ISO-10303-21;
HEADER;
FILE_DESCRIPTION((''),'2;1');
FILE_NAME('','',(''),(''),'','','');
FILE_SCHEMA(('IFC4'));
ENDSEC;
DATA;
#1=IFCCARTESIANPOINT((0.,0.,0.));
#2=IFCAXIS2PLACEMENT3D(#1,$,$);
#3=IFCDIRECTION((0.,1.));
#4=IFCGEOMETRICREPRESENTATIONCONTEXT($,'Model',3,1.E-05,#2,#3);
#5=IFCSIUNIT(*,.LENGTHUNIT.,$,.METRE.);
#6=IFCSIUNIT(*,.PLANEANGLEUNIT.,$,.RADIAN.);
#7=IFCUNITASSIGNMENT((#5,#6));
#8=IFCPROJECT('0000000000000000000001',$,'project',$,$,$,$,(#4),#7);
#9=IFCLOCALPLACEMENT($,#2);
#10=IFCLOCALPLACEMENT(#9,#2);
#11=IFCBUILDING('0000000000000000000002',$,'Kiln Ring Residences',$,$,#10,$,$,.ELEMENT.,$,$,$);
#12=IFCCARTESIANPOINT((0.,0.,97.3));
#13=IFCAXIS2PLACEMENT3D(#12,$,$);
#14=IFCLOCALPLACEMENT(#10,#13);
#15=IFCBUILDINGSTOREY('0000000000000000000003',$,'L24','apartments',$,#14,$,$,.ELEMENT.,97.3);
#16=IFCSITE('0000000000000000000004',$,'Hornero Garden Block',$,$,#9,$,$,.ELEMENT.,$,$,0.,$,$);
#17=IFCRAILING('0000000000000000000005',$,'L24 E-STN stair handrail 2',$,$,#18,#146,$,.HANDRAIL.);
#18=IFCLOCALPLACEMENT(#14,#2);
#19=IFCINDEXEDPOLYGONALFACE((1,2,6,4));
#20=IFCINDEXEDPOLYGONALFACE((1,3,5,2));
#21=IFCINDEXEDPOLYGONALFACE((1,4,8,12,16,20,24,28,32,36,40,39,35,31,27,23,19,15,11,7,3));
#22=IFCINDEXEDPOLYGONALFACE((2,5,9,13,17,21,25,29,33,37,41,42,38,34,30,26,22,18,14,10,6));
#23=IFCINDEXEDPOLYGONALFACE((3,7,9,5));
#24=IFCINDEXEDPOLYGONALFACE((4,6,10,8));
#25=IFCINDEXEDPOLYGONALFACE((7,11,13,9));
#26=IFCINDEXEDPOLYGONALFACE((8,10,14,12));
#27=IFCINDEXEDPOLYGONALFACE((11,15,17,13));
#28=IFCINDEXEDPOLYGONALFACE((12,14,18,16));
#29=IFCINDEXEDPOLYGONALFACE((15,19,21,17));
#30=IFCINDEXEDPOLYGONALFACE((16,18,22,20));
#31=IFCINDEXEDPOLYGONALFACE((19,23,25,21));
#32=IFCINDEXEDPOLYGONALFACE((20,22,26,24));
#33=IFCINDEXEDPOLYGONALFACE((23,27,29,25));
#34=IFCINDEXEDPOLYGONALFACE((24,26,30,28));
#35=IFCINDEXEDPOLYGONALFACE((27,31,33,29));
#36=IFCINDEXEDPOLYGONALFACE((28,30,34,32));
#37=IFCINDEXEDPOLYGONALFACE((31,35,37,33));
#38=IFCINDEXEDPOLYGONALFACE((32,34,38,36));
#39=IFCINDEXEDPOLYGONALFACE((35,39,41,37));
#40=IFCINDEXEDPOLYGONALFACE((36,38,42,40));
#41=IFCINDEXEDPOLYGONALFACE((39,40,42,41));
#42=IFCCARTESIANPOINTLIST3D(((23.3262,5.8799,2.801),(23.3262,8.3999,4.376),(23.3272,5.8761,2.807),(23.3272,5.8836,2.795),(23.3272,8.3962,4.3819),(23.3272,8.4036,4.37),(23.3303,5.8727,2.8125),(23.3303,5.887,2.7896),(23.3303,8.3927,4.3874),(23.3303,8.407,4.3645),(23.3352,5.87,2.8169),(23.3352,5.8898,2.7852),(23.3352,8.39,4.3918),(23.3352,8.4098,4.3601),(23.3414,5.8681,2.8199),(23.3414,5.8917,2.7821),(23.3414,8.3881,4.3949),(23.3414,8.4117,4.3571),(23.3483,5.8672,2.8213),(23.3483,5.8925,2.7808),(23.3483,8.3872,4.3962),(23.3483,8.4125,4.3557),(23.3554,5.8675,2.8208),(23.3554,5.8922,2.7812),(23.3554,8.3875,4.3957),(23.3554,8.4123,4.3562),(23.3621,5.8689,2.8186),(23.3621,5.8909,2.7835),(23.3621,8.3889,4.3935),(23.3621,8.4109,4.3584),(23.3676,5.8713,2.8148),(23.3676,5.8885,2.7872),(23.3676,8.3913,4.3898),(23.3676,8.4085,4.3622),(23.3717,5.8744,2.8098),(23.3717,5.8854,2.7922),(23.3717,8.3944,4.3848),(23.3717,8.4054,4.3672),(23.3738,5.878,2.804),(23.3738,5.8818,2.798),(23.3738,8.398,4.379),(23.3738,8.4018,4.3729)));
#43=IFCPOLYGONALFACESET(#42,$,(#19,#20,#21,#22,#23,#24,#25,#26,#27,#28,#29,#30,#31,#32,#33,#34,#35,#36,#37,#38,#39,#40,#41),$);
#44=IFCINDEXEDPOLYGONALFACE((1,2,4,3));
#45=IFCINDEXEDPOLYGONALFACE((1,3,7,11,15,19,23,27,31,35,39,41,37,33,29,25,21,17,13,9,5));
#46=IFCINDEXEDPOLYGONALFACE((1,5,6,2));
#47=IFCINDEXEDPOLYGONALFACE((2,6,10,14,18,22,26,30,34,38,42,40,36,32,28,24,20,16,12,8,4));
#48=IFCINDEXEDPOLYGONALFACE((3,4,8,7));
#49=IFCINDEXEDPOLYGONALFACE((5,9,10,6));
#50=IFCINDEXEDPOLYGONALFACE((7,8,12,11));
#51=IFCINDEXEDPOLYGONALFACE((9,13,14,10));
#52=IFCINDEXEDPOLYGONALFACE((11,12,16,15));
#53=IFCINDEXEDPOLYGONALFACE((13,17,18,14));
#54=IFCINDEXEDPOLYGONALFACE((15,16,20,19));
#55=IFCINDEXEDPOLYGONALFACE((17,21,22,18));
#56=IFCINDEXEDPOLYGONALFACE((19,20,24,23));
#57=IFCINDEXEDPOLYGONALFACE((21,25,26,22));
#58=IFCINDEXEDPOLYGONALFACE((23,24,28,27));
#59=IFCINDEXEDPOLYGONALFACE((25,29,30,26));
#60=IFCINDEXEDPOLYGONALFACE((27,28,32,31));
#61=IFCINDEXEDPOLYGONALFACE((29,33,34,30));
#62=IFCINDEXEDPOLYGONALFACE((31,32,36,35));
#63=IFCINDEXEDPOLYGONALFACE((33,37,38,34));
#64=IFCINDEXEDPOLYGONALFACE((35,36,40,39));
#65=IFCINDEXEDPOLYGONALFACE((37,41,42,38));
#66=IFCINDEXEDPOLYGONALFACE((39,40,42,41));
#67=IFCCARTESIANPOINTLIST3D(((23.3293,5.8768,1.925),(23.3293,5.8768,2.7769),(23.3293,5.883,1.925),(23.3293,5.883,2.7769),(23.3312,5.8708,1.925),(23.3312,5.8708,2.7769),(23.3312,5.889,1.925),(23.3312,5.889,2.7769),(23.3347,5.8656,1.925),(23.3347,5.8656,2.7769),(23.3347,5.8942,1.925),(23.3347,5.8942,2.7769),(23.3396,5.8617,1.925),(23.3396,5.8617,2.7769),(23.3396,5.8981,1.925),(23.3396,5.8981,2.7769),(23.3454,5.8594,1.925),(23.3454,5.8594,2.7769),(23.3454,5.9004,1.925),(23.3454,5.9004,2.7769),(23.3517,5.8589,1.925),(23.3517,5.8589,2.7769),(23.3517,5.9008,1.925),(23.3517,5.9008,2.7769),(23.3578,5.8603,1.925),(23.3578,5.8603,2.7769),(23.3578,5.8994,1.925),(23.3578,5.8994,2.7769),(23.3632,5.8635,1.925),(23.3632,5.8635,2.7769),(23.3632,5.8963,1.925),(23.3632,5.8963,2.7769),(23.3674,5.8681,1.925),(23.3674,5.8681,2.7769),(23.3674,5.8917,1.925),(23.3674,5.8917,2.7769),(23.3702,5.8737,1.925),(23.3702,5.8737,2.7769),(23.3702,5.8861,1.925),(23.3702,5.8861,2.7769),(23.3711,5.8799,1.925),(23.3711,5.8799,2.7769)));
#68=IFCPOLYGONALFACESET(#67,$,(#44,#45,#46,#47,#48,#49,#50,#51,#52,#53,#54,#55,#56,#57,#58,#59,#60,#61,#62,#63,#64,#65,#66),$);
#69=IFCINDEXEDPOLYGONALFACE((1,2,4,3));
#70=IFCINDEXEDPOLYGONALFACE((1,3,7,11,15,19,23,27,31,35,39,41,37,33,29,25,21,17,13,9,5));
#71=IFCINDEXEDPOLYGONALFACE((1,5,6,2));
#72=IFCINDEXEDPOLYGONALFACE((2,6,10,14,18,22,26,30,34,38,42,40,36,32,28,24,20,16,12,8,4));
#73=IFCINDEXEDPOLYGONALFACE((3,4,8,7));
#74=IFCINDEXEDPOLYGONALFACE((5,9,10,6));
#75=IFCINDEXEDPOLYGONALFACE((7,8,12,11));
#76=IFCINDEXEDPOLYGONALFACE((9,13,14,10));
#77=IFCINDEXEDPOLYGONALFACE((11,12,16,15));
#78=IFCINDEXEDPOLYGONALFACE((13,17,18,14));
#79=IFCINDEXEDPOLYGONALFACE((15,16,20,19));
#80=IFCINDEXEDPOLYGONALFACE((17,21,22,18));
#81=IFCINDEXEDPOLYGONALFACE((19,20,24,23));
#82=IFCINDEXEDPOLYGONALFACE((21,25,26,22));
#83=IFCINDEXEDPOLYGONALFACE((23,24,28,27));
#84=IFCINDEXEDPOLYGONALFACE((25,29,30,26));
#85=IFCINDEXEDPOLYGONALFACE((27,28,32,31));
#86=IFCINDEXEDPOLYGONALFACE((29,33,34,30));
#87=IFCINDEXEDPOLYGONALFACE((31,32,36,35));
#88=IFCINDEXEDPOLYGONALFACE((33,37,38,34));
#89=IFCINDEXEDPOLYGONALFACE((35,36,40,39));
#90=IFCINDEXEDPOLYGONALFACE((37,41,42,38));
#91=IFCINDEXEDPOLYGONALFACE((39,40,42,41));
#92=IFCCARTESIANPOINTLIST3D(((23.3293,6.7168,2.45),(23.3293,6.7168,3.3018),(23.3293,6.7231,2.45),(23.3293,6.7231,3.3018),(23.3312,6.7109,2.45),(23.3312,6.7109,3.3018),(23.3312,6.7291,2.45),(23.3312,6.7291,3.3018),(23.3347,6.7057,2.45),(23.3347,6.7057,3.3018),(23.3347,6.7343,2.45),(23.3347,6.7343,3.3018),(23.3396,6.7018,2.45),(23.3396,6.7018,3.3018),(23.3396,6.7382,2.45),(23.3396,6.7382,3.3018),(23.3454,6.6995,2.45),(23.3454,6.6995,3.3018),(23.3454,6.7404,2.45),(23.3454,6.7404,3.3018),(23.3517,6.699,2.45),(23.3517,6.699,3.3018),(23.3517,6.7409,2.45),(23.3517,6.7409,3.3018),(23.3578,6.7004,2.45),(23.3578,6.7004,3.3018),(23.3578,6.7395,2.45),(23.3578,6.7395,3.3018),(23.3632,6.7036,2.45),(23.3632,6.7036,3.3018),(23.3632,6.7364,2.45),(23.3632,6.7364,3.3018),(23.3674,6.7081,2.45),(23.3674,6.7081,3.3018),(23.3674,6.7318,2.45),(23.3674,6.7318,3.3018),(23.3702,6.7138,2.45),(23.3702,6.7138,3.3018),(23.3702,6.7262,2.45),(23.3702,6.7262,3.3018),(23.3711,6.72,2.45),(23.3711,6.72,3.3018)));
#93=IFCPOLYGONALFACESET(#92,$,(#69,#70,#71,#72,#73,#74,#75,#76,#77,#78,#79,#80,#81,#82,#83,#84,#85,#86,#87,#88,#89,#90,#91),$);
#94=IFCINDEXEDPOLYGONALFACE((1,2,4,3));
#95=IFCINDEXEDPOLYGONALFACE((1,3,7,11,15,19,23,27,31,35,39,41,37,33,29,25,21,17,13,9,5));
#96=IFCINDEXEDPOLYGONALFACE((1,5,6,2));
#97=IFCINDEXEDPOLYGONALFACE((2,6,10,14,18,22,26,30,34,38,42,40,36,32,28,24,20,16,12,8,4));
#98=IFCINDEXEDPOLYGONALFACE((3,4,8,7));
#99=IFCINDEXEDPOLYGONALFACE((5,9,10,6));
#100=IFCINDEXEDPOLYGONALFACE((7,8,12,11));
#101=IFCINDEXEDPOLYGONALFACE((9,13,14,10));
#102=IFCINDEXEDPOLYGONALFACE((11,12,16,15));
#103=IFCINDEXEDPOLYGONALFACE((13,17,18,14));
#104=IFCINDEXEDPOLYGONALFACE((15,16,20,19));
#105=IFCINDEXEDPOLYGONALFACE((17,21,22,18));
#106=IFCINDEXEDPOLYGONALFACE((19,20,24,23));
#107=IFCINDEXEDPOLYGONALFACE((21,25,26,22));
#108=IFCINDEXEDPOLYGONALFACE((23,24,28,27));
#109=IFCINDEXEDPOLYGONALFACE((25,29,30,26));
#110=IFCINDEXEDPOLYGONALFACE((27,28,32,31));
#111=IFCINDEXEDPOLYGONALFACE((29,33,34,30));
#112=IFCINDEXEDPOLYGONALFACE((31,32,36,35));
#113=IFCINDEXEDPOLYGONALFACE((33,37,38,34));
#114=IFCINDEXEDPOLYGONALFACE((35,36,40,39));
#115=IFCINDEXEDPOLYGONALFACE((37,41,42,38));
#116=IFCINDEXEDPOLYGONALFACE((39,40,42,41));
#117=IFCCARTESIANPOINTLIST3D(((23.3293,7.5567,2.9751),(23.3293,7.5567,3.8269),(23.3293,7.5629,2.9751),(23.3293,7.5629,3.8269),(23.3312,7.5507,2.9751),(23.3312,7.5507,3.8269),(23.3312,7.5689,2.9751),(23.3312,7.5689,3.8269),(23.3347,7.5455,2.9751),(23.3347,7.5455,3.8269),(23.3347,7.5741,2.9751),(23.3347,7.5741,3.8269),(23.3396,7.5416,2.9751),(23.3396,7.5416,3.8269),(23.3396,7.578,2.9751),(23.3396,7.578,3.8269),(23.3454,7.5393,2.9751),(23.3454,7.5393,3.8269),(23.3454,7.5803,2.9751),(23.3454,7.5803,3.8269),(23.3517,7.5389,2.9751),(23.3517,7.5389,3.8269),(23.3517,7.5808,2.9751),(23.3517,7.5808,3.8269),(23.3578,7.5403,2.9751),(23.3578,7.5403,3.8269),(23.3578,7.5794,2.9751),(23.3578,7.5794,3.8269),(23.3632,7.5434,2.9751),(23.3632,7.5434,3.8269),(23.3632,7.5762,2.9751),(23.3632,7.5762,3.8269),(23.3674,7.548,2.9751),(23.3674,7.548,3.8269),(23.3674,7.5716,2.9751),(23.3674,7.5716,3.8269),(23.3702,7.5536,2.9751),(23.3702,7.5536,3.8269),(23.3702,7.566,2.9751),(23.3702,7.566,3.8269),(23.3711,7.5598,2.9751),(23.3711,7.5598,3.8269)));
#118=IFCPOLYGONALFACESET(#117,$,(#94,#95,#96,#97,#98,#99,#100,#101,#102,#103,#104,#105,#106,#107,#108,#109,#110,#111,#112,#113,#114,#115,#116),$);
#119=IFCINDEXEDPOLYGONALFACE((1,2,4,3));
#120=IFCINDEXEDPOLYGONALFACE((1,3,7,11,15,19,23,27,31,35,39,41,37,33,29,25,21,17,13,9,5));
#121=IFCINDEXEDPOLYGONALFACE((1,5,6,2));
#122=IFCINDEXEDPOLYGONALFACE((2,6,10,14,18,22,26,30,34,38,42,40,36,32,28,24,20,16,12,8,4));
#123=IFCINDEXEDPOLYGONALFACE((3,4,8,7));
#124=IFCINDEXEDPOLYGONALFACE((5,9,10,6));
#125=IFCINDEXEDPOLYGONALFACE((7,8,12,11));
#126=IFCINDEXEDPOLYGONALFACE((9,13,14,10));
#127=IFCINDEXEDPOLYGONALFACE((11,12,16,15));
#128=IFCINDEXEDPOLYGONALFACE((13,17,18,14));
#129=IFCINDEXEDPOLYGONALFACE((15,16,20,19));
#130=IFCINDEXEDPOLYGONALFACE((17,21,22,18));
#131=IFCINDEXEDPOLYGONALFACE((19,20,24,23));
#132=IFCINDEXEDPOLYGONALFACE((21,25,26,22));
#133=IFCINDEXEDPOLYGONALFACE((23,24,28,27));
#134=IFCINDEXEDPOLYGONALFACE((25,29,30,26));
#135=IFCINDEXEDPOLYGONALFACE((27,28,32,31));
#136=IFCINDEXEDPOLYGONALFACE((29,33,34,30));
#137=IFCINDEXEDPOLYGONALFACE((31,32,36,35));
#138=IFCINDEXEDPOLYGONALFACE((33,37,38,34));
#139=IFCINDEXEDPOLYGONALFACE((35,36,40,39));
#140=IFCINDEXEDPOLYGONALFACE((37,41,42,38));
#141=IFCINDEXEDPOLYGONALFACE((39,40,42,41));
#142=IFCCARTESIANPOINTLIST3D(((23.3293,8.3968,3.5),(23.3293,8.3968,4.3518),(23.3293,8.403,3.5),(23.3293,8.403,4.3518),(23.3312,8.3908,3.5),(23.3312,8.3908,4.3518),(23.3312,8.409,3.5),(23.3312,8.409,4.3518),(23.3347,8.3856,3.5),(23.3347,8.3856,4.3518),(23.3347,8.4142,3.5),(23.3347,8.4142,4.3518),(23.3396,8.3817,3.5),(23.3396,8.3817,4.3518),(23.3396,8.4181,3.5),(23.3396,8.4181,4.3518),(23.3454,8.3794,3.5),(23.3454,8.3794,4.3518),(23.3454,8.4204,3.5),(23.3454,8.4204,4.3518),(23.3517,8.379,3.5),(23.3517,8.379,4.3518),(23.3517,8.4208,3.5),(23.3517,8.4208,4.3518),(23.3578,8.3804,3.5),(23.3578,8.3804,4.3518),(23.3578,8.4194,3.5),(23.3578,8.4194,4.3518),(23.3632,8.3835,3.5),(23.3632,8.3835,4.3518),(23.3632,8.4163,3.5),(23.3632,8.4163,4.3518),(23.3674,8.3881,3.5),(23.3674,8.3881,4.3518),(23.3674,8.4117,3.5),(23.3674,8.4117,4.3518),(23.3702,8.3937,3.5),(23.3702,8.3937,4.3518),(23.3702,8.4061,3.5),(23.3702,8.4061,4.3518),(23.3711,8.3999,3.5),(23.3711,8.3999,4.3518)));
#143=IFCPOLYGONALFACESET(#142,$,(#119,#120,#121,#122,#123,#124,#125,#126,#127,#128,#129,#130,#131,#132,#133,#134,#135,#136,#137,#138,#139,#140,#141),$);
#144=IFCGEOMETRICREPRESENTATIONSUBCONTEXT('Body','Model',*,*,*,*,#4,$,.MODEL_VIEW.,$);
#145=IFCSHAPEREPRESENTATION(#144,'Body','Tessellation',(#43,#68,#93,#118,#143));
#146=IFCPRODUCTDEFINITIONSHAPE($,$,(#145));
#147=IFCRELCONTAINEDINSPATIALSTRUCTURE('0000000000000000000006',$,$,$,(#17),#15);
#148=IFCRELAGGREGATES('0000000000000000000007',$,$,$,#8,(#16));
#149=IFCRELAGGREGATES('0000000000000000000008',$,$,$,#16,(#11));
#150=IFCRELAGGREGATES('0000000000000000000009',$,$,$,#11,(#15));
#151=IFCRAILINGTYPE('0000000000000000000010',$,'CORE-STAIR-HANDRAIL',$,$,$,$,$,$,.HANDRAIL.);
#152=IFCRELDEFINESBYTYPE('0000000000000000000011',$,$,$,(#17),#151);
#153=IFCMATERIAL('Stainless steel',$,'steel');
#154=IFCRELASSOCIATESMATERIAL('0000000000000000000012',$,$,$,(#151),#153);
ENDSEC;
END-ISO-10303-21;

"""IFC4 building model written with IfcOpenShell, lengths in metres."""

from ifc_helpers import new_model, si_unit, direction, frame, origin, origin_2d, place, context, subcontext, project, spatial, circle, extrude, material, type_object, element, save


model = new_model("IFC4")

# Units and contexts
model_context = context("Model", 3, precision=1e-05, world=origin(), true_north=direction((0.0, 1.0)))
body_context = subcontext(model_context, "Body", "Model", "MODEL_VIEW")
ifc_project = project(units=[si_unit("LENGTHUNIT", "METRE"), si_unit("PLANEANGLEUNIT", "RADIAN")], contexts=[model_context])

# Site, building, storey
site_placement = place(None, origin())
site = spatial("IfcSite", under=ifc_project, at=site_placement, Name="Hornero Garden Block", CompositionType="ELEMENT", RefElevation=0.0)
building_placement = place(site_placement, origin())
building = spatial("IfcBuilding", under=site, at=building_placement, Name="Kiln Ring Residences", CompositionType="ELEMENT")
storey_placement = place(building_placement, frame((0.0, 0.0, 97.3)))
storey = spatial("IfcBuildingStorey", under=building, at=storey_placement, Name="L24", Description="apartments", CompositionType="ELEMENT", Elevation=97.3)

# Railing
ifc_material_1 = material(Name="Stainless steel", Category="steel")
railing_type_1 = type_object("IfcRailingType", Name="CORE-STAIR-HANDRAIL", PredefinedType="HANDRAIL", material=ifc_material_1)
railing_1_placement = place(storey_placement, frame((23.3501, 5.8799, 1.925)))
element("IfcRailing", 1, at=railing_1_placement, inside=storey, type_object=railing_type_1, Name="L24 E-STN stair handrail 2", PredefinedType="HANDRAIL", context=body_context, shape_type="SweptSolid", body=[
    extrude(circle(Radius=0.0239, at=origin_2d()), frame((0.0, 0.0, 0.876), z_axis=(0.0, 0.848008, 0.529984), x_axis=(-1.0, 0.0, 0.0)), (0.0, 0.0, 1.0), 2.9717),
    extrude(circle(Radius=0.021, at=origin_2d()), origin(), (0.0, 0.0, 1.0), 0.8518),
    extrude(circle(Radius=0.021, at=origin_2d()), frame((0.0, 0.8401, 0.5249)), (0.0, 0.0, 1.0), 0.8518),
    extrude(circle(Radius=0.021, at=origin_2d()), frame((0.0, 1.6799, 1.05)), (0.0, 0.0, 1.0), 0.8518),
    extrude(circle(Radius=0.021, at=origin_2d()), frame((0.0, 2.52, 1.575)), (0.0, 0.0, 1.0), 0.8518),
])

save(model, "model.ifc")
